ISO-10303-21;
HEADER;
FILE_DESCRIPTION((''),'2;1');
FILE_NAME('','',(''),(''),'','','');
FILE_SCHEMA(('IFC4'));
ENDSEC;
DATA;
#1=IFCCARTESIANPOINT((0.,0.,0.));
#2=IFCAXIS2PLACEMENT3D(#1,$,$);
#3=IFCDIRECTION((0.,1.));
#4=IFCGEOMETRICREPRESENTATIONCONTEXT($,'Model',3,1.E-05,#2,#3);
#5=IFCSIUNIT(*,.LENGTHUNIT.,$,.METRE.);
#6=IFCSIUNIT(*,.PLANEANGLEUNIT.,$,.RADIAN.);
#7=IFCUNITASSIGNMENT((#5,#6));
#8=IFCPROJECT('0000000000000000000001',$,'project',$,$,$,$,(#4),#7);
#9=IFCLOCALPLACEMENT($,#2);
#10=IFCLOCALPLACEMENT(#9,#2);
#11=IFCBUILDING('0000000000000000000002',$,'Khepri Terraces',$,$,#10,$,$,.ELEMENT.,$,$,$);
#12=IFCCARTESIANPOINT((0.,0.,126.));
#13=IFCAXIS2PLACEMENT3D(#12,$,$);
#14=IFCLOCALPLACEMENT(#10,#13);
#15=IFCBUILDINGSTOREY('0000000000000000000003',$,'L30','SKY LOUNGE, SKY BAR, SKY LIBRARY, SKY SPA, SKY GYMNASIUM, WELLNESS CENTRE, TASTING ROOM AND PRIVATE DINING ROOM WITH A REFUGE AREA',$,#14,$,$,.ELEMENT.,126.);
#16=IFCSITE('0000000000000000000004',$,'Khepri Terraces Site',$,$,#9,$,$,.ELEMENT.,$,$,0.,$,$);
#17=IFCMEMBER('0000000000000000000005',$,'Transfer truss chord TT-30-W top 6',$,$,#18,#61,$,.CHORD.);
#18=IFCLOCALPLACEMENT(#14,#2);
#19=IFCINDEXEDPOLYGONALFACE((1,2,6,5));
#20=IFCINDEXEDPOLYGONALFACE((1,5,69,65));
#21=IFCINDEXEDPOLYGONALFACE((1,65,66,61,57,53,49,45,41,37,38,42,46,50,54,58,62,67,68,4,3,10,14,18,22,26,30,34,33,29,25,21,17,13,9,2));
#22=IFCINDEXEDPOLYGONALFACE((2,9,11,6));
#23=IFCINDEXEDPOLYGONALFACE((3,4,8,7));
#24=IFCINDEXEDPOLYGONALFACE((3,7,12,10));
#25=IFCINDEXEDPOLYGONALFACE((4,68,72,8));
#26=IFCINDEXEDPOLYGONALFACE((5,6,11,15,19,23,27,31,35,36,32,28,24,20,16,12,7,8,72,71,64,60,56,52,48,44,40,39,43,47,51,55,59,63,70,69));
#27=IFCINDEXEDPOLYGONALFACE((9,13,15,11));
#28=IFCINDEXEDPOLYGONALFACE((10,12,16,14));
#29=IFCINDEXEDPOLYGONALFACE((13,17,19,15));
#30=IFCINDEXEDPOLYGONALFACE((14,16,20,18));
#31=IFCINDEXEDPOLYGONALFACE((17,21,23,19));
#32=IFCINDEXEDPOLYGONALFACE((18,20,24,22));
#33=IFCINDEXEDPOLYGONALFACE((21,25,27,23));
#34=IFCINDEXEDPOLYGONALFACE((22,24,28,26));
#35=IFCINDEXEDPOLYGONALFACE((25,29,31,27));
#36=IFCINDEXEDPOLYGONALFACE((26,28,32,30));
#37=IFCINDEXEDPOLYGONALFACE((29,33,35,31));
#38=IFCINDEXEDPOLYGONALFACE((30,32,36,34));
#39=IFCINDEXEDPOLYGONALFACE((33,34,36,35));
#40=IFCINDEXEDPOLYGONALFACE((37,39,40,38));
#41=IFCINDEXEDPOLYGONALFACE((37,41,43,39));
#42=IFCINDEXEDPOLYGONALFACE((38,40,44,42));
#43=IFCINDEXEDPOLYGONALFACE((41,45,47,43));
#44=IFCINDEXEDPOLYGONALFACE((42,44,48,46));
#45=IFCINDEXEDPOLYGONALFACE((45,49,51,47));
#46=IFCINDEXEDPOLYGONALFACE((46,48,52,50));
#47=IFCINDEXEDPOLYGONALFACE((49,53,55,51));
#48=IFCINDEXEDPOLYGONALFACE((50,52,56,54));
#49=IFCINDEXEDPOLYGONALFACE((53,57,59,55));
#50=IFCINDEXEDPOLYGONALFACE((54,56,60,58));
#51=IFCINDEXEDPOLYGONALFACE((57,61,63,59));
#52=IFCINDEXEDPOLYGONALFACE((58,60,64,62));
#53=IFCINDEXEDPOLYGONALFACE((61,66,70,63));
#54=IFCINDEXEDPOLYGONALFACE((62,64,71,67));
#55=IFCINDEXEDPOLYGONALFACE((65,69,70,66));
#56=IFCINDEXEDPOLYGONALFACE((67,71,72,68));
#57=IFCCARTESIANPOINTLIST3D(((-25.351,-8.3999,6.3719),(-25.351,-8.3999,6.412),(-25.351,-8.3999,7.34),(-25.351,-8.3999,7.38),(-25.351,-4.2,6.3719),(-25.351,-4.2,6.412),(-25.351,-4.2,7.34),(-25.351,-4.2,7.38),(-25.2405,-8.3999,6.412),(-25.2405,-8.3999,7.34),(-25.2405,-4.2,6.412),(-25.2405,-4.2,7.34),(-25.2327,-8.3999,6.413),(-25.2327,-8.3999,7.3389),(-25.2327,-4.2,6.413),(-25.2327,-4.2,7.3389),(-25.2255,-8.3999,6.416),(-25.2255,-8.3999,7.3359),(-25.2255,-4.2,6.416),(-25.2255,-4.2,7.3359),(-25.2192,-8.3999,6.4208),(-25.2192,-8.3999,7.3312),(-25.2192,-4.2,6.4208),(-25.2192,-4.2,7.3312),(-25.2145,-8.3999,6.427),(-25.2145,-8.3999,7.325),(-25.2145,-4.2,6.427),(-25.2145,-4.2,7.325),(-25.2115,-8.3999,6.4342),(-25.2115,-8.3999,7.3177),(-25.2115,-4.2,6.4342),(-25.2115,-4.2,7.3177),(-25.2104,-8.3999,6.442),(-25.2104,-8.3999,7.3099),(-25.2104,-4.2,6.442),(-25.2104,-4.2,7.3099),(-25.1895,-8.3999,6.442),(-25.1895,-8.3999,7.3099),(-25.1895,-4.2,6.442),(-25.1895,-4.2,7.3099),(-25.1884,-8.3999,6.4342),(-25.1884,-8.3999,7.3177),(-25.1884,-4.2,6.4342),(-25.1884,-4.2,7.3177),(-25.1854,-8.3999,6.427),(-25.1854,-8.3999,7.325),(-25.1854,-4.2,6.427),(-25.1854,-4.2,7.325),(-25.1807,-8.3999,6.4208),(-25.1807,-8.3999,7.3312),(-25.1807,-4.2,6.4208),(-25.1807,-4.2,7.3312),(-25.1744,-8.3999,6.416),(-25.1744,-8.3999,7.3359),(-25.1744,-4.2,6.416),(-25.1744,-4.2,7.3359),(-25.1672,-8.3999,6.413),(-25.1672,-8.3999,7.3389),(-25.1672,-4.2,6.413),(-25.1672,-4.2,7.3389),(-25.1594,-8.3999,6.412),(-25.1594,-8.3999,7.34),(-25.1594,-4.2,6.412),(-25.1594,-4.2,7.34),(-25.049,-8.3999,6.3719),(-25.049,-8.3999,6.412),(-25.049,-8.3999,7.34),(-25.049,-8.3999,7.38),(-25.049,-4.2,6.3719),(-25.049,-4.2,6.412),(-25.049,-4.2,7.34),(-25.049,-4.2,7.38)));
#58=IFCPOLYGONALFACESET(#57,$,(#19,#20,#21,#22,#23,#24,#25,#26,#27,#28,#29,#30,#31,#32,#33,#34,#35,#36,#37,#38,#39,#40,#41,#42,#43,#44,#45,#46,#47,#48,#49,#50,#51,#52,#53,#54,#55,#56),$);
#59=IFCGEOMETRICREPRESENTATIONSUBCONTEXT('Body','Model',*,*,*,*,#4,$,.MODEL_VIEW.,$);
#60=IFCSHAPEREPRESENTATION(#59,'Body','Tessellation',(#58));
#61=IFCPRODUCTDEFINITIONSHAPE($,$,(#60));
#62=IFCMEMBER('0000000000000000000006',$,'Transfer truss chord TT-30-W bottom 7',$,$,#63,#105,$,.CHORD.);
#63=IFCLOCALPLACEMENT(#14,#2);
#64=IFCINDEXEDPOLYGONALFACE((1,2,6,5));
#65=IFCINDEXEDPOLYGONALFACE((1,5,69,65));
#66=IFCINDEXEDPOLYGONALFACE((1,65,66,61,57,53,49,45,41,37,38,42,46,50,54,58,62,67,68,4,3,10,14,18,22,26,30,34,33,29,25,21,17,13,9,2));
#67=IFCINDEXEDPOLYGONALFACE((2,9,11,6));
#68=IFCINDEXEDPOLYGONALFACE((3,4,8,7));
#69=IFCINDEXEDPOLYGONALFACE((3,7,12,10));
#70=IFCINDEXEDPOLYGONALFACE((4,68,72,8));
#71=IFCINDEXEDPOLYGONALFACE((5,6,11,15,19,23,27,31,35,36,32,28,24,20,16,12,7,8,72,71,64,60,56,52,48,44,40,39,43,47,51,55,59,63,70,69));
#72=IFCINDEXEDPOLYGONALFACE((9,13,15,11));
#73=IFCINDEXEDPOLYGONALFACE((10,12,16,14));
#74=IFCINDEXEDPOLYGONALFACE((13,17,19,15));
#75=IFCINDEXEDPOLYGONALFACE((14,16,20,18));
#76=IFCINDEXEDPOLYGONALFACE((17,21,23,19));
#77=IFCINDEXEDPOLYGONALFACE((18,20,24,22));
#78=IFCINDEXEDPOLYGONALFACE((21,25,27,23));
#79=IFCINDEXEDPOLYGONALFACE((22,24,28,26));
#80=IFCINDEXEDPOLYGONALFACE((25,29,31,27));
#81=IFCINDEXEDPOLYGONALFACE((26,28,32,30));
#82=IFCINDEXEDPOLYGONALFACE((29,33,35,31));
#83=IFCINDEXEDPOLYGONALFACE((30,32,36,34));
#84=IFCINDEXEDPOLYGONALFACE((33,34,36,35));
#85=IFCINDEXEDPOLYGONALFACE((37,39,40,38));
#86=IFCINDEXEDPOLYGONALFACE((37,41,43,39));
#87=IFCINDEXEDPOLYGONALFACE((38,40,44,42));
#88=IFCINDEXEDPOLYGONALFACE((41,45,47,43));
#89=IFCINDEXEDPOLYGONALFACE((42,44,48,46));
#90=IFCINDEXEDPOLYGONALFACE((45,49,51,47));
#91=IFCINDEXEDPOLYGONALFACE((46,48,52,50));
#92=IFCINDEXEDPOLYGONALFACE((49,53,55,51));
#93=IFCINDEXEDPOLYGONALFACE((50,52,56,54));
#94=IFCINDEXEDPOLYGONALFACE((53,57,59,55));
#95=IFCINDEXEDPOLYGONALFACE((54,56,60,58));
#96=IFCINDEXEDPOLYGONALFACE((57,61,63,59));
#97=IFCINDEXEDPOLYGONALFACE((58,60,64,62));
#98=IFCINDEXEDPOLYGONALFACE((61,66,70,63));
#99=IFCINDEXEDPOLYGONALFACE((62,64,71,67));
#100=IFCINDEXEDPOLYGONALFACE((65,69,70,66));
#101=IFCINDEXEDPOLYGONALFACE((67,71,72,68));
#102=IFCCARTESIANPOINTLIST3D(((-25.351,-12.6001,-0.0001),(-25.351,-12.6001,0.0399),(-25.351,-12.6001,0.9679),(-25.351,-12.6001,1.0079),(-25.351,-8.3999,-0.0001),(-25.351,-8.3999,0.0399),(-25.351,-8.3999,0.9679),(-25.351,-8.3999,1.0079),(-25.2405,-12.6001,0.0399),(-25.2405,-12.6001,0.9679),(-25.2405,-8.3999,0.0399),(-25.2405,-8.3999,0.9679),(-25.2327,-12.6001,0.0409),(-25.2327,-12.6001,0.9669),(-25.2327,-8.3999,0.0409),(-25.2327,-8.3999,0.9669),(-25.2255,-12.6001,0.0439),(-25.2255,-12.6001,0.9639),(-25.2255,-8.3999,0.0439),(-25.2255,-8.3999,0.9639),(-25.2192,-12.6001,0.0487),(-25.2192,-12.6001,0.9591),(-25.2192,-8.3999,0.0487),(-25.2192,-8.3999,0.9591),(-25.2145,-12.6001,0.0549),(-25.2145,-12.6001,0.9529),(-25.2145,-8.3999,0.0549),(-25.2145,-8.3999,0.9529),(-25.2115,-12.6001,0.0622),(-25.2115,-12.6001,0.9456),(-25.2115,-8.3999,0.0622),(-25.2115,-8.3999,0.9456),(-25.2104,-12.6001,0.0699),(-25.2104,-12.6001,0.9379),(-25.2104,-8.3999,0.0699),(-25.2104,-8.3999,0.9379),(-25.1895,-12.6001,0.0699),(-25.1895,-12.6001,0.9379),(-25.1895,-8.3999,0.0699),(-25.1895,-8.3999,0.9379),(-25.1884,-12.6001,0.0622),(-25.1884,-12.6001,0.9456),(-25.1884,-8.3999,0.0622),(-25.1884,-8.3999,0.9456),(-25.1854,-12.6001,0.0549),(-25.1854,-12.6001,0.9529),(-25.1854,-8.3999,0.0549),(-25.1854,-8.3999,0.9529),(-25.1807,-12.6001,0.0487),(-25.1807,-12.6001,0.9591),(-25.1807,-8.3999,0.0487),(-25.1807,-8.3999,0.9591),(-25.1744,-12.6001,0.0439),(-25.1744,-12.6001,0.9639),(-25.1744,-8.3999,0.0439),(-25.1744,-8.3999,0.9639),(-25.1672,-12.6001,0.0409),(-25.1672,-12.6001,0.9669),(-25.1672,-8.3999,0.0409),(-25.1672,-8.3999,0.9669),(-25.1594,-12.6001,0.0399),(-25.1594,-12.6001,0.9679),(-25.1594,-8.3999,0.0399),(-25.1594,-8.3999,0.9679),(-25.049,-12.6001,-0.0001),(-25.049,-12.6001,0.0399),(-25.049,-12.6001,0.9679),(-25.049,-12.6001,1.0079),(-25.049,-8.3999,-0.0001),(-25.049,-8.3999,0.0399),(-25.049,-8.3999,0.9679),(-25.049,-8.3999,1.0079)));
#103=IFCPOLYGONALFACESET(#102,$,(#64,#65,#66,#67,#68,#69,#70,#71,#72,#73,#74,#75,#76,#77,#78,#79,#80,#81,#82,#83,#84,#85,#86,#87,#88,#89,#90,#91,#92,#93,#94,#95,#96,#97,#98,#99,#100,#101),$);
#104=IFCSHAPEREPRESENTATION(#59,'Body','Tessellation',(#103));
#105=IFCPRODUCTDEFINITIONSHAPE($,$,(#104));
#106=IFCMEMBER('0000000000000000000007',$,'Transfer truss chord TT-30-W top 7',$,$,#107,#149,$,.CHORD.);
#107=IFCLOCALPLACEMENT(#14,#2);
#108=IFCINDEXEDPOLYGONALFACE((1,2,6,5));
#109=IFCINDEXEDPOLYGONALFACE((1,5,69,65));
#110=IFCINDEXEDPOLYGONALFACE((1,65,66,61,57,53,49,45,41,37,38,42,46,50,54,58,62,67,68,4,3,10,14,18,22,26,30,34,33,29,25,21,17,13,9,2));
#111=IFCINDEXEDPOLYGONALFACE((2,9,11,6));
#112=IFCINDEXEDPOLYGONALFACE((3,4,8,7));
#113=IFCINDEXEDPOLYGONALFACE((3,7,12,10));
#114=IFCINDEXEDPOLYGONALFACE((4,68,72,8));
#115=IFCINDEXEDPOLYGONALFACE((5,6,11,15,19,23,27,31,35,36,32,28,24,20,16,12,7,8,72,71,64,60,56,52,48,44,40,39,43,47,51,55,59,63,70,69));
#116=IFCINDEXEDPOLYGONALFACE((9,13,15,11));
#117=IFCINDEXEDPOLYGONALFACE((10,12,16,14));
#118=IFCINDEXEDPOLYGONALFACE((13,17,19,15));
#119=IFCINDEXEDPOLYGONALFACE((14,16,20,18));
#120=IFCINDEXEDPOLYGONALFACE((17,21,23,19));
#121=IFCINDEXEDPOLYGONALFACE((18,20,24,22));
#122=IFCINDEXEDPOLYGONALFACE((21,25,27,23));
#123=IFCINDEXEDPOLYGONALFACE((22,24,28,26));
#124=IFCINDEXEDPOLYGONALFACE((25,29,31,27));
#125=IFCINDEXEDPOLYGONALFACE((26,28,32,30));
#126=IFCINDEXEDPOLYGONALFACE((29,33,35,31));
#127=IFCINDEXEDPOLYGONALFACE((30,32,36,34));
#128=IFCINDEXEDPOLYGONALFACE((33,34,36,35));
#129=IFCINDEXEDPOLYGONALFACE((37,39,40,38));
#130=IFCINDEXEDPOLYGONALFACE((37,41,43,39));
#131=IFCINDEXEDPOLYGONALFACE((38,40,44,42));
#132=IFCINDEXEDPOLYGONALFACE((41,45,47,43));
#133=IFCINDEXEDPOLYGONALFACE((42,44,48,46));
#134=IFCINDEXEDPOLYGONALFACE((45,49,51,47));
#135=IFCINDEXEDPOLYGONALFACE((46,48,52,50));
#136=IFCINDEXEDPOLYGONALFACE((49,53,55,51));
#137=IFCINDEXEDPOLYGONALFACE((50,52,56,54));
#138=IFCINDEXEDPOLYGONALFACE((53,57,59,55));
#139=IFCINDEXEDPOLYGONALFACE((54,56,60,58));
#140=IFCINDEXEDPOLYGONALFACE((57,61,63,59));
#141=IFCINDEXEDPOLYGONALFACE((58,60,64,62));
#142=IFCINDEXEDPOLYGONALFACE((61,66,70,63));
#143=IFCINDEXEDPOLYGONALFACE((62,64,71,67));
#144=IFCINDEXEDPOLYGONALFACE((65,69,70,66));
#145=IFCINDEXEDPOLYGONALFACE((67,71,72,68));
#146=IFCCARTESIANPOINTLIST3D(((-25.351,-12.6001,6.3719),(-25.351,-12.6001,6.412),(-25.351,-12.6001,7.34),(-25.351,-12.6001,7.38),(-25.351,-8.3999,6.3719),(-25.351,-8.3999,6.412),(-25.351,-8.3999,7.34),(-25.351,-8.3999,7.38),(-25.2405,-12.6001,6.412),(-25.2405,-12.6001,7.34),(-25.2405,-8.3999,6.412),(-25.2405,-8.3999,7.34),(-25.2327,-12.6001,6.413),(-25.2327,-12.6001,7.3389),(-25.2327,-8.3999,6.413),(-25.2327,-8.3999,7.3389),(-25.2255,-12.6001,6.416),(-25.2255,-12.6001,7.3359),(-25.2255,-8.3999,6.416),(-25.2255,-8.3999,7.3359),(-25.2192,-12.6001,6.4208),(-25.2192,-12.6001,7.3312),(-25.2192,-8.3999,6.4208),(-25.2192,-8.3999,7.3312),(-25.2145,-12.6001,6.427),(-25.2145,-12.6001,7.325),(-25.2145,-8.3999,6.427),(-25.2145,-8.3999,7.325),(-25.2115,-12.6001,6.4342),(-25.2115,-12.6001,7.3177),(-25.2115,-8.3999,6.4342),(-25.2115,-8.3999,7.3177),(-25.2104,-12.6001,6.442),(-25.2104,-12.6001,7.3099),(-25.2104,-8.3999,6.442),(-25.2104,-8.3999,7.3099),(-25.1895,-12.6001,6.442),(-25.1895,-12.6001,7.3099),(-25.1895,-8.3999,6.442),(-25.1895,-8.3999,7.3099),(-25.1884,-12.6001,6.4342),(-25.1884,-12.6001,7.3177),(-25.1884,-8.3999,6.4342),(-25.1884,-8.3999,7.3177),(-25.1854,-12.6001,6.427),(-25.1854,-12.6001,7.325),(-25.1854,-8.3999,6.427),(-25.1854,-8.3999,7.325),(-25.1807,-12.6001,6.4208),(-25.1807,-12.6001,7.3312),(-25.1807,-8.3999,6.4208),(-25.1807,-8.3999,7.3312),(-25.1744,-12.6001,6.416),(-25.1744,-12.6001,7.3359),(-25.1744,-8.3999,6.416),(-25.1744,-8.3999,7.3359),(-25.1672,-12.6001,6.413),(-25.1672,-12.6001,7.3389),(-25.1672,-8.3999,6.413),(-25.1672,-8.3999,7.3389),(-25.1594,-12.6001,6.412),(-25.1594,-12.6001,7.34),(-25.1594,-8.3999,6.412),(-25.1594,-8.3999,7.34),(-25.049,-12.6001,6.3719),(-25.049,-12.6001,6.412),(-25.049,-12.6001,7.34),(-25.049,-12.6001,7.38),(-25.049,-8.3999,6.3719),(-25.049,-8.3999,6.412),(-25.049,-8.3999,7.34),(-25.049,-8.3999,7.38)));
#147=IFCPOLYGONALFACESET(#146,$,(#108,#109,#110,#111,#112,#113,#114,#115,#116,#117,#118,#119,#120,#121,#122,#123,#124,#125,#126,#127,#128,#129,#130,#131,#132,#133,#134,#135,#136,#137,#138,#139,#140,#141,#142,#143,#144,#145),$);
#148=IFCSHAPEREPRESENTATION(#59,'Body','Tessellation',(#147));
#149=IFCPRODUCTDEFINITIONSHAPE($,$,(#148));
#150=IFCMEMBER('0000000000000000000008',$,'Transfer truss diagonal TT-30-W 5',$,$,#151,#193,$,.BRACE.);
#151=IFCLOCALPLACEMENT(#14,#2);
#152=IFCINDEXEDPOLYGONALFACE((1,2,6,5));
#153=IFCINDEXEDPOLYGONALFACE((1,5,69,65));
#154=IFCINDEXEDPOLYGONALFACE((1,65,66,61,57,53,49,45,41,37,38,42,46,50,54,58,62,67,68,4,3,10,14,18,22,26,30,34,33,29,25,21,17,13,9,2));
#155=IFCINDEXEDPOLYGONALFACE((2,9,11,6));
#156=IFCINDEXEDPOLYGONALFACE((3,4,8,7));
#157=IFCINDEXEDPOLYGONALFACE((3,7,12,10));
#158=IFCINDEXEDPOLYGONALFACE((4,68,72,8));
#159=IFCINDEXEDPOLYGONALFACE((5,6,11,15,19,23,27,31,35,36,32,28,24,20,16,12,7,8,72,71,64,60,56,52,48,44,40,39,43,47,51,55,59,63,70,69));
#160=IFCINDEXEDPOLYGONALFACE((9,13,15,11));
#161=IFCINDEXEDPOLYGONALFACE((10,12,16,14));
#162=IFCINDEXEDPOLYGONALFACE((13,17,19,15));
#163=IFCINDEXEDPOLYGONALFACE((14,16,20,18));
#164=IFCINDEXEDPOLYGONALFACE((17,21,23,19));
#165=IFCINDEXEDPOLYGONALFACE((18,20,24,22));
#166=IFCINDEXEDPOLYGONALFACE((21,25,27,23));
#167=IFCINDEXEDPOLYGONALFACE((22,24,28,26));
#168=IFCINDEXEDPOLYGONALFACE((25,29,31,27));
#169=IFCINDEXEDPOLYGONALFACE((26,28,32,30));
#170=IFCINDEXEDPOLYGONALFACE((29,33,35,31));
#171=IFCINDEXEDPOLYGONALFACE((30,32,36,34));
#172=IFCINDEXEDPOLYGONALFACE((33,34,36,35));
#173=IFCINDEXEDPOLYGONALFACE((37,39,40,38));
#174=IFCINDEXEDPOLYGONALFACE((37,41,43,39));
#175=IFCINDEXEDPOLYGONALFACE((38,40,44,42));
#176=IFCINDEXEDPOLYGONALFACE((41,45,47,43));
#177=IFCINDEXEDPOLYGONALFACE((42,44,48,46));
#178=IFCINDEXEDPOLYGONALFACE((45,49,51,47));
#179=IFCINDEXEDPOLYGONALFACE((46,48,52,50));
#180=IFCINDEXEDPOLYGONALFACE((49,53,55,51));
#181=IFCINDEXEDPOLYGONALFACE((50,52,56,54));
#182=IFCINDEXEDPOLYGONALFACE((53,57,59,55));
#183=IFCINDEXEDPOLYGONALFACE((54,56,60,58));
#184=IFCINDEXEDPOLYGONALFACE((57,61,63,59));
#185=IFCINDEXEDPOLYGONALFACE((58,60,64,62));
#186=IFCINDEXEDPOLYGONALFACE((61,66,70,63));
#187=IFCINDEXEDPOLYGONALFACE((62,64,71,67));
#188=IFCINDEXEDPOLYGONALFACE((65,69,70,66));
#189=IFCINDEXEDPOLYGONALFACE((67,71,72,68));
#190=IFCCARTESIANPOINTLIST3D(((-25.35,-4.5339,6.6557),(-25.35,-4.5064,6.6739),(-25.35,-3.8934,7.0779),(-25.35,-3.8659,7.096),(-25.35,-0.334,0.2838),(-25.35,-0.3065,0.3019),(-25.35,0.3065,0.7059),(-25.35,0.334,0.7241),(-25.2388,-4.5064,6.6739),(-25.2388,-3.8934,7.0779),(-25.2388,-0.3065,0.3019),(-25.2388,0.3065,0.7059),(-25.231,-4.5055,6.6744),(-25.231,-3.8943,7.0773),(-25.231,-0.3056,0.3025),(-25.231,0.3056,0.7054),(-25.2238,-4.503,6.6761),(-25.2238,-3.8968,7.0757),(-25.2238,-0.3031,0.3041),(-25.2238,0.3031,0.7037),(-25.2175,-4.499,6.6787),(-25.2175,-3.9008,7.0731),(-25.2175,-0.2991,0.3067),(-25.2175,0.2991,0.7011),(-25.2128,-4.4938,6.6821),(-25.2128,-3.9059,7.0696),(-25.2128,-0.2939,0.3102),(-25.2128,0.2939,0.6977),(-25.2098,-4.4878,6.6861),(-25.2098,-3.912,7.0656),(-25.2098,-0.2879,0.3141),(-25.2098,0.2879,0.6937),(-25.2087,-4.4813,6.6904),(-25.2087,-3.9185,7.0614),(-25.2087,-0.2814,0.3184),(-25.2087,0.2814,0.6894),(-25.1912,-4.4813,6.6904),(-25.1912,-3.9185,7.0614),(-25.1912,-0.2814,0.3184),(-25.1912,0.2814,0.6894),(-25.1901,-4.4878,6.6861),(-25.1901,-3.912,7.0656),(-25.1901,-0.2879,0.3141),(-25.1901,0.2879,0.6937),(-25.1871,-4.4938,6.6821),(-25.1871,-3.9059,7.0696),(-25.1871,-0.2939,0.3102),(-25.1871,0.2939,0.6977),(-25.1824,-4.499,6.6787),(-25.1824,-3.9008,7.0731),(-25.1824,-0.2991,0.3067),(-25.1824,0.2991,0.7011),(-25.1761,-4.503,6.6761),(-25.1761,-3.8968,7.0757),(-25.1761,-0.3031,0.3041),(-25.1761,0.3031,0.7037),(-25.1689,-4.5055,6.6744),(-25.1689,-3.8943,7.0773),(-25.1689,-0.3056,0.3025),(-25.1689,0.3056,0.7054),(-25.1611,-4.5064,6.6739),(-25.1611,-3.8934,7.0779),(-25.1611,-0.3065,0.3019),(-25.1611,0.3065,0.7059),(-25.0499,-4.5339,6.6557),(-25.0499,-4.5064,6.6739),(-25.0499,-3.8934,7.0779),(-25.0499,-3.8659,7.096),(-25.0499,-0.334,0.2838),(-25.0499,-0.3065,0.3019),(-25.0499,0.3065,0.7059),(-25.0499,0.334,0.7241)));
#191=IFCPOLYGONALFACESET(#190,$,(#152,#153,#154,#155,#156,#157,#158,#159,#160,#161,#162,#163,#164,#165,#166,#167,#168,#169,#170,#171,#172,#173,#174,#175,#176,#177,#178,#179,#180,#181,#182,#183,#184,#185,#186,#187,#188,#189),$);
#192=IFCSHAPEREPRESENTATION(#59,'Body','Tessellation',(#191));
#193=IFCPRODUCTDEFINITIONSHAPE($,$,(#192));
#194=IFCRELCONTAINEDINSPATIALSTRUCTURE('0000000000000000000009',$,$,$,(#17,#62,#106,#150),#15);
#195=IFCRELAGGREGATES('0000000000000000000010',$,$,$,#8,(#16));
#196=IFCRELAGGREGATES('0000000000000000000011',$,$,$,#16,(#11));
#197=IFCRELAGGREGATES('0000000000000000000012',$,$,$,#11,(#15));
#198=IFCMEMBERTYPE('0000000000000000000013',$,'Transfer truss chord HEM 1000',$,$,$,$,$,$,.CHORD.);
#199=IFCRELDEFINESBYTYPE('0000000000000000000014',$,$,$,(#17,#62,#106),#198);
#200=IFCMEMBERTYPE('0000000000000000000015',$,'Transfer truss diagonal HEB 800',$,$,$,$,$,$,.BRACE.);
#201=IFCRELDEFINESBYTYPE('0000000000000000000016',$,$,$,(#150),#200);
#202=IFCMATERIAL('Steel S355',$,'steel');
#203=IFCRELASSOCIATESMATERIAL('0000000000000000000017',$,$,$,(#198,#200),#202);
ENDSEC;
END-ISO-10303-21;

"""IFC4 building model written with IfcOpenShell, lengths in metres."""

from ifc_helpers import new_model, si_unit, direction, frame, origin, origin_2d, place, context, subcontext, project, spatial, i_section, extrude, material, material_profile, profile_set, type_object, element, save


model = new_model("IFC4")

# Units and contexts
model_context = context("Model", 3, precision=1e-05, world=origin(), true_north=direction((0.0, 1.0)))
body_context = subcontext(model_context, "Body", "Model", "MODEL_VIEW")
ifc_project = project(units=[si_unit("LENGTHUNIT", "METRE"), si_unit("PLANEANGLEUNIT", "RADIAN")], contexts=[model_context])

# Site, building, storey
site_placement = place(None, origin())
site = spatial("IfcSite", under=ifc_project, at=site_placement, Name="Khepri Terraces Site", CompositionType="ELEMENT", RefElevation=0.0)
building_placement = place(site_placement, origin())
building = spatial("IfcBuilding", under=site, at=building_placement, Name="Khepri Terraces", CompositionType="ELEMENT")
storey_placement = place(building_placement, frame((0.0, 0.0, 126.0)))
storey = spatial("IfcBuildingStorey", under=building, at=storey_placement, Name="L30", Description="SKY LOUNGE, SKY BAR, SKY LIBRARY, SKY SPA, SKY GYMNASIUM, WELLNESS CENTRE, TASTING ROOM AND PRIVATE DINING ROOM WITH A REFUGE AREA", CompositionType="ELEMENT", Elevation=126.0)

# Members
ifc_material_1 = material(Name="Steel S355", Category="steel")
ifc_material_profile_1 = material_profile(ifc_material_1, i_section(OverallWidth=0.302, OverallDepth=1.0081, WebThickness=0.021, FlangeThickness=0.04, FilletRadius=0.03, at=origin_2d()), Name="Steel S355", Category="steel")
ifc_profile_set_1 = profile_set([ifc_material_profile_1], Name="Steel S355")
member_type_1 = type_object("IfcMemberType", Name="Transfer truss chord HEM 1000", PredefinedType="CHORD", material=ifc_profile_set_1)
for number, where, z_axis, x_axis, name in (
    (1, (-25.2, -4.2, 6.876), (0.0, -1.0, 0.0), (1.0, 0.0, 0.0), "Transfer truss chord TT-30-W top 6"),
):
    element("IfcMember", number, at=place(storey_placement, frame(where, z_axis=z_axis, x_axis=x_axis)), inside=storey, type_object=member_type_1, Name=name, PredefinedType="CHORD", context=body_context, shape_type="SweptSolid", body=[
        extrude(i_section(OverallWidth=0.302, OverallDepth=1.0081, WebThickness=0.021, FlangeThickness=0.04, FilletRadius=0.03, at=origin_2d()), origin(), (0.0, 0.0, 1.0), 4.2),
    ])
for number, where, z_axis, x_axis, name in (
    (2, (-25.2, -8.3999, 0.5039), (0.0, -1.0, 0.0), (1.0, 0.0, 0.0), "Transfer truss chord TT-30-W bottom 7"),
    (3, (-25.2, -8.3999, 6.876), (0.0, -1.0, 0.0), (1.0, 0.0, 0.0), "Transfer truss chord TT-30-W top 7"),
):
    element("IfcMember", number, at=place(storey_placement, frame(where, z_axis=z_axis, x_axis=x_axis)), inside=storey, type_object=member_type_1, Name=name, PredefinedType="CHORD", context=body_context, shape_type="SweptSolid", body=[
        extrude(i_section(OverallWidth=0.302, OverallDepth=1.0081, WebThickness=0.021, FlangeThickness=0.04, FilletRadius=0.03, at=origin_2d()), origin(), (0.0, 0.0, 1.0), 4.2002),
    ])
ifc_material_profile_2 = material_profile(ifc_material_1, i_section(OverallWidth=0.3, OverallDepth=0.8, WebThickness=0.0176, FlangeThickness=0.033, FilletRadius=0.03, at=origin_2d()), Name="Steel S355", Category="steel")
ifc_profile_set_2 = profile_set([ifc_material_profile_2], Name="Steel S355")
member_type_2 = type_object("IfcMemberType", Name="Transfer truss diagonal HEB 800", PredefinedType="BRACE", material=ifc_profile_set_2)
for number, where, z_axis, x_axis, name in (
    (4, (-25.2, 0.0, 0.5039), (0.0, -0.55033, 0.834948), (1.0, 0.0, 0.0), "Transfer truss diagonal TT-30-W 5"),
):
    element("IfcMember", number, at=place(storey_placement, frame(where, z_axis=z_axis, x_axis=x_axis)), inside=storey, type_object=member_type_2, Name=name, PredefinedType="BRACE", context=body_context, shape_type="SweptSolid", body=[
        extrude(i_section(OverallWidth=0.3, OverallDepth=0.8, WebThickness=0.0176, FlangeThickness=0.033, FilletRadius=0.03, at=origin_2d()), origin(), (0.0, 0.0, 1.0), 7.6316),
    ])

save(model, "model.ifc")
